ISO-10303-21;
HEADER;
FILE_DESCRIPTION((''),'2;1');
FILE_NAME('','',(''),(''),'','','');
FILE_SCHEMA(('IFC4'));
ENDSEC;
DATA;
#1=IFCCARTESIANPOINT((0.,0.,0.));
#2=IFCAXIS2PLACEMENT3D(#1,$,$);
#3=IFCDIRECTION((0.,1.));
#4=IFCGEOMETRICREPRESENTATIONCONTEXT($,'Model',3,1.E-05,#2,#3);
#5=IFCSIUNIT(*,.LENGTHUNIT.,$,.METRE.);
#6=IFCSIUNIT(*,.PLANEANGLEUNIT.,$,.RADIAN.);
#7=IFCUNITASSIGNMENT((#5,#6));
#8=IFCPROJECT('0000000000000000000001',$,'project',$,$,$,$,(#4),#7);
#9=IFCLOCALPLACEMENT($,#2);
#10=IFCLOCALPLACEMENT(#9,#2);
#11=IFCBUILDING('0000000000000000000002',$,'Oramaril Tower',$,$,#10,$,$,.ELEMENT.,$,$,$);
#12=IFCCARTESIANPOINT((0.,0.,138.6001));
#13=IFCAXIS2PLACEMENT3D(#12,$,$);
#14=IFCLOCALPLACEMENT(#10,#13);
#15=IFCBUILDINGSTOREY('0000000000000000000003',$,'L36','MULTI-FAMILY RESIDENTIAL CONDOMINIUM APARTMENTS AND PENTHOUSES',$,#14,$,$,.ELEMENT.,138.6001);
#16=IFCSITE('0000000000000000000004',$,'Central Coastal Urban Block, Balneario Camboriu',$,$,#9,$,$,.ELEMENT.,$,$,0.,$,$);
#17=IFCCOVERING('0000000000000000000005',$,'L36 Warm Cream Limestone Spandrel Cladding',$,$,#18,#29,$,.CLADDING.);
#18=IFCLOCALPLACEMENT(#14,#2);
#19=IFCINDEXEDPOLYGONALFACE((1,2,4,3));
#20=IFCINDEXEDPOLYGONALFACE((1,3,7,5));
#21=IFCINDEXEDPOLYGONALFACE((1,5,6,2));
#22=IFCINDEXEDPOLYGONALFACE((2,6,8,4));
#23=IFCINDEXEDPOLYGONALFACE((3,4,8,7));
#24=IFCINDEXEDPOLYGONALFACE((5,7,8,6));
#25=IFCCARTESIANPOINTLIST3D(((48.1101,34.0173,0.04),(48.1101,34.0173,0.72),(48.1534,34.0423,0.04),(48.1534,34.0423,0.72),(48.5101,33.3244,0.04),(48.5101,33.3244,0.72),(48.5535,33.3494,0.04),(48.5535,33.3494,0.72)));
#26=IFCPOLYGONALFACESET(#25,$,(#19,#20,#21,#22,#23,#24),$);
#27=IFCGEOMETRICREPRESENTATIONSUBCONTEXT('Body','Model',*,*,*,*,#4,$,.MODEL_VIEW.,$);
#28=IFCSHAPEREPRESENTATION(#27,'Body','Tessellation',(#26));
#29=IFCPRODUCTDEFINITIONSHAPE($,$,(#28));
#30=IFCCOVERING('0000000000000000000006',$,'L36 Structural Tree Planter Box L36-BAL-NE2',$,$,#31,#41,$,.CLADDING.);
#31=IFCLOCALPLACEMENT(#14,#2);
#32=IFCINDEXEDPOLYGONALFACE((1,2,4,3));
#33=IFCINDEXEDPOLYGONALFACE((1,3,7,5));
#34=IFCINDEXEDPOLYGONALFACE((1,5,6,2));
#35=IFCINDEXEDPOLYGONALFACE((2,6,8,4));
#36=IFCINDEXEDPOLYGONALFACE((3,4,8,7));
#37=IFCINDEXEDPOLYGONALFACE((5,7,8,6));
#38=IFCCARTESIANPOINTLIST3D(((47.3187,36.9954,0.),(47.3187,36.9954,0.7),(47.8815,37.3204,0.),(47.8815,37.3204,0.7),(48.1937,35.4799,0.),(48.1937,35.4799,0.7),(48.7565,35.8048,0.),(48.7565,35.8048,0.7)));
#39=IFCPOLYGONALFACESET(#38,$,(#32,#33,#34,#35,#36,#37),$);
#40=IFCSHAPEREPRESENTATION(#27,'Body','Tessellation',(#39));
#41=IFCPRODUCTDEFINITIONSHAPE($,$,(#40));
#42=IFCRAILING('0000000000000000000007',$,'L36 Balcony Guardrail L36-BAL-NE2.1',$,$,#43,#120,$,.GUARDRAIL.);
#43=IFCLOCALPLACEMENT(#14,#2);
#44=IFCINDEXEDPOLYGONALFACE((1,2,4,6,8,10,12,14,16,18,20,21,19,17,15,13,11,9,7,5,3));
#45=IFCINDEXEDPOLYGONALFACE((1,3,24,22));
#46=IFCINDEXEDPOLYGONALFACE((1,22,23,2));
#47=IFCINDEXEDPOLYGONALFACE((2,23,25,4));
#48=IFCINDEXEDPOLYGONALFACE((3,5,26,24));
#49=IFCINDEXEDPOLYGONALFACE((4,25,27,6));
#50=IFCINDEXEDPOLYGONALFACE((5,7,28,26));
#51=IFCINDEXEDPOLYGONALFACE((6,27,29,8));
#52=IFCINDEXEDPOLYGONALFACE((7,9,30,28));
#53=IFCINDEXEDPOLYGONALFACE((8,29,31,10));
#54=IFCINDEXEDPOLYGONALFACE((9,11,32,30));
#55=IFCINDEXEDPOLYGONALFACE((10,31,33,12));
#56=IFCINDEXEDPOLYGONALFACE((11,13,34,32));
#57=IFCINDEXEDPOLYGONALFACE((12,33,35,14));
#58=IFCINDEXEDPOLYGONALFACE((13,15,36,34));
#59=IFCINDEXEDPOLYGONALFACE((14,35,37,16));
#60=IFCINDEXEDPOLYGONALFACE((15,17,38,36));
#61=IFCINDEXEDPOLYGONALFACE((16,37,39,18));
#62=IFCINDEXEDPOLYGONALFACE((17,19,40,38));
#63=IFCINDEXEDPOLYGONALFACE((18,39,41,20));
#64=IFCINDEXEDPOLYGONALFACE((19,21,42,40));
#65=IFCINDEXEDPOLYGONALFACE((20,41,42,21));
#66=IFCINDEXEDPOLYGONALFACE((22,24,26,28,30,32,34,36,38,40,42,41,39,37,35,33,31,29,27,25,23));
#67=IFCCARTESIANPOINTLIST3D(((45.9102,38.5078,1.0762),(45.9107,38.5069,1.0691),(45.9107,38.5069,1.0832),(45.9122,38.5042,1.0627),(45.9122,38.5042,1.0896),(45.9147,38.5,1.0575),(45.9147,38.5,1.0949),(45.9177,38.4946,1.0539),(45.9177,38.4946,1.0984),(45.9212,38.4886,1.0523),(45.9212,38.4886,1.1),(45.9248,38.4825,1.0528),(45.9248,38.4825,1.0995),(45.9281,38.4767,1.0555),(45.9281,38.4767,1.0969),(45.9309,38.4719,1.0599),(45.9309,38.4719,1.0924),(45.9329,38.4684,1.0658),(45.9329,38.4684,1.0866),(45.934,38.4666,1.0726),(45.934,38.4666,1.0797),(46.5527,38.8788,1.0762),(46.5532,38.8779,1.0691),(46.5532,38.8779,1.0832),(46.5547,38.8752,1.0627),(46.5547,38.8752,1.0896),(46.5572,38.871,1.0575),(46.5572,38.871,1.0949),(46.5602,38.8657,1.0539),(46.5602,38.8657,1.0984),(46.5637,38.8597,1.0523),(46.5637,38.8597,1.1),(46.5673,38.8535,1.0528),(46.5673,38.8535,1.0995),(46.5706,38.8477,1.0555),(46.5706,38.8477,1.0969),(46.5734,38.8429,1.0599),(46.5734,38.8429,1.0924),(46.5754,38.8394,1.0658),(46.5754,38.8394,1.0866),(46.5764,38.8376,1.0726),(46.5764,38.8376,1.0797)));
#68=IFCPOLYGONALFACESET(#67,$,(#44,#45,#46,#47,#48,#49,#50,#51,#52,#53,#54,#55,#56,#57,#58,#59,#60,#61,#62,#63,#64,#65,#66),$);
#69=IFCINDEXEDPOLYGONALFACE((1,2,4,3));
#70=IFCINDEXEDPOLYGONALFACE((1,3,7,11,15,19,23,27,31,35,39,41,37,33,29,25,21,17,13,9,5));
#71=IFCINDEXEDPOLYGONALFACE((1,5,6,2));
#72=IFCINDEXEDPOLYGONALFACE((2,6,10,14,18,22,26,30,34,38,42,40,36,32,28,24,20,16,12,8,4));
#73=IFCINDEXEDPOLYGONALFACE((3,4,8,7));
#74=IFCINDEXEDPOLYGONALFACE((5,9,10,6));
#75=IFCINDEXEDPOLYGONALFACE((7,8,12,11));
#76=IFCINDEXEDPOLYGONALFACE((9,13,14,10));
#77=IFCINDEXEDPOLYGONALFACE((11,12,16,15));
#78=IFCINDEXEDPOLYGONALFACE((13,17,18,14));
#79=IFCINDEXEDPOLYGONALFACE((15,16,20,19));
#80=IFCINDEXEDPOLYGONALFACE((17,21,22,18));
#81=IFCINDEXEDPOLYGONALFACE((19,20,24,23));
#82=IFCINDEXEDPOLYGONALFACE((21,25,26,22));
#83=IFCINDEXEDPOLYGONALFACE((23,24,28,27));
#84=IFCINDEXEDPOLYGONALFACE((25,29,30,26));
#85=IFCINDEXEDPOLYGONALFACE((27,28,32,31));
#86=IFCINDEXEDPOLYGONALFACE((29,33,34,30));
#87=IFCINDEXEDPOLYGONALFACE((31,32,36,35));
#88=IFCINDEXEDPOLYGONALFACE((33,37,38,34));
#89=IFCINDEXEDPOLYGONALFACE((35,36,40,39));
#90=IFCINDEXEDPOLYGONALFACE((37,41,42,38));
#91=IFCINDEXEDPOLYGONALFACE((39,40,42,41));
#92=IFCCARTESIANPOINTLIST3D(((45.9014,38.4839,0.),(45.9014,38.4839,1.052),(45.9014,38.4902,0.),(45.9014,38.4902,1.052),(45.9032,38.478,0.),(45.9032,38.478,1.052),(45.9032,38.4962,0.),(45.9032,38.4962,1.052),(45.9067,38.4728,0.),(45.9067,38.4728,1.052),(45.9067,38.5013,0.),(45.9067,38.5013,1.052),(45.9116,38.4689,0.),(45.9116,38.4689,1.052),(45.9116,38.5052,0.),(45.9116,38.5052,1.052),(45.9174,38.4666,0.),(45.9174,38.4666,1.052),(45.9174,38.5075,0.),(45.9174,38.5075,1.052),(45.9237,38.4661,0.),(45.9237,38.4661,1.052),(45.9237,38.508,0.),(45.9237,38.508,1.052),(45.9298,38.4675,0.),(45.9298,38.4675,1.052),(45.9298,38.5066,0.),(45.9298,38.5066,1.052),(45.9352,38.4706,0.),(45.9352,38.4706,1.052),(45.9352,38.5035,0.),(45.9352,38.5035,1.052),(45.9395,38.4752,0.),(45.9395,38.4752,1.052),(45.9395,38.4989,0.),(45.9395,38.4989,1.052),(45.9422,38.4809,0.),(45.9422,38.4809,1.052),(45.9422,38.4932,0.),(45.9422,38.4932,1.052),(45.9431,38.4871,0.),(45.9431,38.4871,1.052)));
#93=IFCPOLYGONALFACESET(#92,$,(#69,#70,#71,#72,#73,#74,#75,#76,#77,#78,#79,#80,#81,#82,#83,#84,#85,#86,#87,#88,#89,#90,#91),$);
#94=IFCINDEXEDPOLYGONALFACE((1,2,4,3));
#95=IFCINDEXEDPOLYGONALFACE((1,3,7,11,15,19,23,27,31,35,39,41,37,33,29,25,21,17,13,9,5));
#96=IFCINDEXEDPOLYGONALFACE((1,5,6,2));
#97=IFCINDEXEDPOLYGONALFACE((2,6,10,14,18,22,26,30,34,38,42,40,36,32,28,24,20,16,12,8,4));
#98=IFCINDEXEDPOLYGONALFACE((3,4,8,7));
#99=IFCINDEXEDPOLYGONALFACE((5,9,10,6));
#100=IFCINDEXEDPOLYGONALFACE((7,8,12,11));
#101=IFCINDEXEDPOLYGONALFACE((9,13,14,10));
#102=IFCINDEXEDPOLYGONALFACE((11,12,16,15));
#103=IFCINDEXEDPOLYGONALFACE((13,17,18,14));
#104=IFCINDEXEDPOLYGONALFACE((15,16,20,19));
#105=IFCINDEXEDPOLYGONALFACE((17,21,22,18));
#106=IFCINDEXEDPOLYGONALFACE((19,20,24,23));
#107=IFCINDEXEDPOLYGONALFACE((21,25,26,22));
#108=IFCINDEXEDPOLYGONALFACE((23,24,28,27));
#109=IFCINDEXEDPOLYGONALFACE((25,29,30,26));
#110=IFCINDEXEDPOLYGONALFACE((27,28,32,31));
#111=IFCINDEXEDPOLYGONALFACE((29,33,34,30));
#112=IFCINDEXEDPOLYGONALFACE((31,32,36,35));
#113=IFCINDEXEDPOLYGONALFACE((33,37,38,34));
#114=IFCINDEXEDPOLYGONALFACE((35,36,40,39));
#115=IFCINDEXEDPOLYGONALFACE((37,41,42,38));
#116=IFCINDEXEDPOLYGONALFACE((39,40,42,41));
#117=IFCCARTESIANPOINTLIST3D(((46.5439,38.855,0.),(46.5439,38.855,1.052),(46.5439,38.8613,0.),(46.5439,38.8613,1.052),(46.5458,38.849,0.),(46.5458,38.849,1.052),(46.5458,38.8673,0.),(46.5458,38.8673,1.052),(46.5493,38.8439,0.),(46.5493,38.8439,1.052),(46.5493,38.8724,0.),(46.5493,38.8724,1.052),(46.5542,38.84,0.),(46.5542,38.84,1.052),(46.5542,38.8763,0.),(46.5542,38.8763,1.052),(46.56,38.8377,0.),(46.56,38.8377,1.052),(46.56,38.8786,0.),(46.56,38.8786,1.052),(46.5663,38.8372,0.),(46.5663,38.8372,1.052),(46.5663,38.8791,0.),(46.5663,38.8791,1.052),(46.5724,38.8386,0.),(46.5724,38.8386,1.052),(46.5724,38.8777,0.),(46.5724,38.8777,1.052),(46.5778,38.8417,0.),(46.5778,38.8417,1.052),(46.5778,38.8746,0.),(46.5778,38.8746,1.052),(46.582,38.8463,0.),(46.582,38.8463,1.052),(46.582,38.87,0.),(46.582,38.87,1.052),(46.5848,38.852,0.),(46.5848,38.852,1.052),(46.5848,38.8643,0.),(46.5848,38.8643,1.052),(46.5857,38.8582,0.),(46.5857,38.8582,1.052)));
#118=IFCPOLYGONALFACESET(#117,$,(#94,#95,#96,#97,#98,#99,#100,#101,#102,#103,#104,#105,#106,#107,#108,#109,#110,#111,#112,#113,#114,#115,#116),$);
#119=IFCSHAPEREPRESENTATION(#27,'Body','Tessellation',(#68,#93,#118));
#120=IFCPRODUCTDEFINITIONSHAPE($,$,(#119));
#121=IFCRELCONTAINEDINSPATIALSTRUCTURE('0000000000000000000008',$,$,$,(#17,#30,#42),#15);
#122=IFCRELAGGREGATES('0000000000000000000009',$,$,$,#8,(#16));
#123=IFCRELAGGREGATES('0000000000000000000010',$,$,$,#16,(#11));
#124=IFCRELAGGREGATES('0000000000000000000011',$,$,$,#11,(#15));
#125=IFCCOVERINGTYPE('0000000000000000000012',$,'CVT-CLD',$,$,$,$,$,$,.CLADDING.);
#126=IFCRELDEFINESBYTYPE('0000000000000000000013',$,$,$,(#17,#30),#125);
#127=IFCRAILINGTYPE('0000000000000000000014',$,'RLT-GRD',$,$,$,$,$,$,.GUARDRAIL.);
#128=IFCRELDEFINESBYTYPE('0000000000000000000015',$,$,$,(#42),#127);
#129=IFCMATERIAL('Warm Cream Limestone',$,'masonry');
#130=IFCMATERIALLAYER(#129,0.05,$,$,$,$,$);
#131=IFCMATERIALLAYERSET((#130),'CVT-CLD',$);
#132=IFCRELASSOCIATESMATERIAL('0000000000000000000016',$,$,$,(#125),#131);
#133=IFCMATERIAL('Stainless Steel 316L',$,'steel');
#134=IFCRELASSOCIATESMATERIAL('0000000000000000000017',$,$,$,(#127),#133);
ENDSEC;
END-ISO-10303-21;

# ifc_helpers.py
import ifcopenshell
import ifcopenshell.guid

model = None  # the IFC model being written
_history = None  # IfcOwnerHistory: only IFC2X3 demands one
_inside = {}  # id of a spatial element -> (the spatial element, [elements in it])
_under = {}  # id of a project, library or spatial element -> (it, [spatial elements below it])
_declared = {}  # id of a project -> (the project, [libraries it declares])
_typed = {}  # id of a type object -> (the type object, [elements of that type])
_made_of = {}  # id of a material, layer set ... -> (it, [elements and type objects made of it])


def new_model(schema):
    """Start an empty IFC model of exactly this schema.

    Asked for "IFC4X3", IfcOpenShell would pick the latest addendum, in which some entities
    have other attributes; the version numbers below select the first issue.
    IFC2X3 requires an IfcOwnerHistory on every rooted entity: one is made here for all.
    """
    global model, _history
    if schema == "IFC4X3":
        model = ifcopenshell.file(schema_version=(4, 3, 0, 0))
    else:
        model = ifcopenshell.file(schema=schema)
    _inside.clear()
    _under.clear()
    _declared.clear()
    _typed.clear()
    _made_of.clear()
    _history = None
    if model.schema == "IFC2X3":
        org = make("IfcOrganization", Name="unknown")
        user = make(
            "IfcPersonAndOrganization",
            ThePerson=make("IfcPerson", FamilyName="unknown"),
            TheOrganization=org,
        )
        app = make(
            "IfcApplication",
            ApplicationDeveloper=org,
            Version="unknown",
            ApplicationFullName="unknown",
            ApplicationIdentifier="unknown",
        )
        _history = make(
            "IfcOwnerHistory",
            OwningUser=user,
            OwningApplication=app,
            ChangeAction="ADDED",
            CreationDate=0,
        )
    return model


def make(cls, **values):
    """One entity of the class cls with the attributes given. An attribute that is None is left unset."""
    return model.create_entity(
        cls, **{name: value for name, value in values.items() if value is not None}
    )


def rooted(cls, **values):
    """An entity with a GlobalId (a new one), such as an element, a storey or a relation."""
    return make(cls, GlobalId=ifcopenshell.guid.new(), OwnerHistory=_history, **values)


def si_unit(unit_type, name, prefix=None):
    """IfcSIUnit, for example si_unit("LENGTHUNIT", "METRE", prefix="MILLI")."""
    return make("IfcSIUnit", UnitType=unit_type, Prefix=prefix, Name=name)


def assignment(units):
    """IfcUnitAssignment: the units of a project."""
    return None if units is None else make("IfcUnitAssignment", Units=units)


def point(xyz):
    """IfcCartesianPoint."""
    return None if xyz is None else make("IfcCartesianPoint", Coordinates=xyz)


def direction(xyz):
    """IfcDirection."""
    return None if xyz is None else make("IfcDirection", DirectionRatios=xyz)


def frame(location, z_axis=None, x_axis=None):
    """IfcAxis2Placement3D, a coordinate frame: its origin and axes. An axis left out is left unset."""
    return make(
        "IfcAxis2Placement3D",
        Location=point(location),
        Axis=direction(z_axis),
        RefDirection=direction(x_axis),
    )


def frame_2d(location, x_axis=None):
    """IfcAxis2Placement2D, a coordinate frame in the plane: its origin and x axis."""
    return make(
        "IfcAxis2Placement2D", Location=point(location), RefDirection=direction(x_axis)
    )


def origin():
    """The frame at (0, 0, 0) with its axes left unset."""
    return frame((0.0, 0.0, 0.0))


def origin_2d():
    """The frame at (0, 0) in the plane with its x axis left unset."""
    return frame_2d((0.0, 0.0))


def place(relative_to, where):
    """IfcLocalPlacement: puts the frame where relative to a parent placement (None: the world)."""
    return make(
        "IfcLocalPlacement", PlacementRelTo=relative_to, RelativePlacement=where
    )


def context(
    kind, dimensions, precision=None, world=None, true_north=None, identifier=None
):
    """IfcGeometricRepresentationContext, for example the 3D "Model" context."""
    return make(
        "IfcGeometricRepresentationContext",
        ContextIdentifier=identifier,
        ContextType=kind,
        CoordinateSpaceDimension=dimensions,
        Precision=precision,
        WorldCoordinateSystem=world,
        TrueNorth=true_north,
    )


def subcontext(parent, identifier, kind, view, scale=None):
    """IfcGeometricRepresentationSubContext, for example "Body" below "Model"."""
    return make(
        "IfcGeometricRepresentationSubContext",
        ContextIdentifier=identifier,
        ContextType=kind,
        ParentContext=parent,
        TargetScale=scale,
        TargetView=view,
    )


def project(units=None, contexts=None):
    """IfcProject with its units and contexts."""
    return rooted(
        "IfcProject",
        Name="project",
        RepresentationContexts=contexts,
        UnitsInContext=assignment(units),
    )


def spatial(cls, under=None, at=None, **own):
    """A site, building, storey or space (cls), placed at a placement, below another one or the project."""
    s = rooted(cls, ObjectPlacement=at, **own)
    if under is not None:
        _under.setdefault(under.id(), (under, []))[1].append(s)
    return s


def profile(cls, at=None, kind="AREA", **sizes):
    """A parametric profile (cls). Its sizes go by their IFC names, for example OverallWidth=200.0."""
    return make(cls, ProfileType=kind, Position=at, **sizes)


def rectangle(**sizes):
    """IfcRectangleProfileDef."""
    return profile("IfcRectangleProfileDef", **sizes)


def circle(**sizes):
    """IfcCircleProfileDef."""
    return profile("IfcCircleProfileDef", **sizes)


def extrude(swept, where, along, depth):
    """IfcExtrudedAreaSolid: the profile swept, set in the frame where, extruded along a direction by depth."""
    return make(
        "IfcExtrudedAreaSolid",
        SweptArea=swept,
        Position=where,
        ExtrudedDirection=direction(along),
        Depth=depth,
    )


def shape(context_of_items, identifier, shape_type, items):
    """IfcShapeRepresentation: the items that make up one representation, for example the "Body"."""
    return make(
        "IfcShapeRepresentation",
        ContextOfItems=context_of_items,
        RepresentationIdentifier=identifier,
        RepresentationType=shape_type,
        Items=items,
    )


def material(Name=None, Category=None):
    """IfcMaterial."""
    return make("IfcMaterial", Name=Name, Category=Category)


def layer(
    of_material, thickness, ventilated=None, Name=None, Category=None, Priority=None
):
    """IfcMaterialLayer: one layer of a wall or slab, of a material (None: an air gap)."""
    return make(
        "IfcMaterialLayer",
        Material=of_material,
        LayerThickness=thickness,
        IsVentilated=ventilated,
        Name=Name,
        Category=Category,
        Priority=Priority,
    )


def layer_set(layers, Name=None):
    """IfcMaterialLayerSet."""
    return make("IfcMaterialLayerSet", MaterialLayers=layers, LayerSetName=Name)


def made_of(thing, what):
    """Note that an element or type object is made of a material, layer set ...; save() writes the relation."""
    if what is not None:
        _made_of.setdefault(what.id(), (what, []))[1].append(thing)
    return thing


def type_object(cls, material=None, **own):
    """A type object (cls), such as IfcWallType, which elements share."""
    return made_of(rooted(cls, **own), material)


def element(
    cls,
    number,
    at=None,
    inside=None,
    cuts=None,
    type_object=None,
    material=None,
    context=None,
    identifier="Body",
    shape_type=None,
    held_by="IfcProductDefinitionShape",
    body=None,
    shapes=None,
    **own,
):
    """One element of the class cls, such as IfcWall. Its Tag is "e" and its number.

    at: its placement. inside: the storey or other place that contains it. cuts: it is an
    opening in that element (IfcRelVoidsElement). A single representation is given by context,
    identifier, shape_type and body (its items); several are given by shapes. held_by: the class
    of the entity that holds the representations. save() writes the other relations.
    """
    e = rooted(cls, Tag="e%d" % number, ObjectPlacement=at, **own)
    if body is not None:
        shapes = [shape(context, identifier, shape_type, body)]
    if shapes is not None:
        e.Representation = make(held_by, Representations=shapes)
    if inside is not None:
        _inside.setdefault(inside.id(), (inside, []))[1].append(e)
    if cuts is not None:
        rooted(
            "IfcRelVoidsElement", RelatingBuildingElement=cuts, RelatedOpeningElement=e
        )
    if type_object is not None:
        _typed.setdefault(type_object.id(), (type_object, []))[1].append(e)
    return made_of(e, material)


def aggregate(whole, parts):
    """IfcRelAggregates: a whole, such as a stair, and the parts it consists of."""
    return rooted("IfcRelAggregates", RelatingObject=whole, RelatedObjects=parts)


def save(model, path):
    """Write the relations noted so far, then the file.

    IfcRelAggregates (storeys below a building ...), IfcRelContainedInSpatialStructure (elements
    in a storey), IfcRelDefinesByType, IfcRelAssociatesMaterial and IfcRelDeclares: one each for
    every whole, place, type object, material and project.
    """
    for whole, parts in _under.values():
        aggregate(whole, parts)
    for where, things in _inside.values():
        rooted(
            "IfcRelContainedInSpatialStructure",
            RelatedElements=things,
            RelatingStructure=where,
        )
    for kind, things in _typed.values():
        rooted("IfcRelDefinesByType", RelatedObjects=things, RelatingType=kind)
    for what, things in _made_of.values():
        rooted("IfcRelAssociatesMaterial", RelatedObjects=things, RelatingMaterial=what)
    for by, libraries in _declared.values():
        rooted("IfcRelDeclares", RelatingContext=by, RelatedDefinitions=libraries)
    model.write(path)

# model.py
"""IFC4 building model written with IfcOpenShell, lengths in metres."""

from ifc_helpers import new_model, si_unit, direction, frame, origin, origin_2d, place, context, subcontext, project, spatial, rectangle, circle, extrude, material, layer, layer_set, type_object, element, save


model = new_model("IFC4")

# Units and contexts
model_context = context("Model", 3, precision=1e-05, world=origin(), true_north=direction((0.0, 1.0)))
body_context = subcontext(model_context, "Body", "Model", "MODEL_VIEW")
ifc_project = project(units=[si_unit("LENGTHUNIT", "METRE"), si_unit("PLANEANGLEUNIT", "RADIAN")], contexts=[model_context])

# Site, building, storey
site_placement = place(None, origin())
site = spatial("IfcSite", under=ifc_project, at=site_placement, Name="Central Coastal Urban Block, Balneario Camboriu", CompositionType="ELEMENT", RefElevation=0.0)
building_placement = place(site_placement, origin())
building = spatial("IfcBuilding", under=site, at=building_placement, Name="Oramaril Tower", CompositionType="ELEMENT")
storey_placement = place(building_placement, frame((0.0, 0.0, 138.6001)))
storey = spatial("IfcBuildingStorey", under=building, at=storey_placement, Name="L36", Description="MULTI-FAMILY RESIDENTIAL CONDOMINIUM APARTMENTS AND PENTHOUSES", CompositionType="ELEMENT", Elevation=138.6001)

# Coverings
ifc_material_1 = material(Name="Warm Cream Limestone", Category="masonry")
ifc_layer_1 = layer(ifc_material_1, 0.05)
ifc_layer_set_1 = layer_set([ifc_layer_1], Name="CVT-CLD")
covering_type = type_object("IfcCoveringType", Name="CVT-CLD", PredefinedType="CLADDING", material=ifc_layer_set_1)
covering_1_placement = place(storey_placement, frame((48.3318, 33.6833, 0.04), z_axis=(0.0, 0.0, 1.0), x_axis=(-0.5, 0.866025, 0.0)))
element("IfcCovering", 1, at=covering_1_placement, inside=storey, type_object=covering_type, Name="L36 Warm Cream Limestone Spandrel Cladding", PredefinedType="CLADDING", context=body_context, shape_type="SweptSolid", body=[
    extrude(rectangle(XDim=0.8, YDim=0.05, at=origin_2d()), origin(), (0.0, 0.0, 1.0), 0.6799),
])
covering_2_placement = place(storey_placement, frame((48.0376, 36.4001, 0.0), z_axis=(0.0, 0.0, 1.0), x_axis=(-0.5, 0.866025, 0.0)))
element("IfcCovering", 2, at=covering_2_placement, inside=storey, type_object=covering_type, Name="L36 Structural Tree Planter Box L36-BAL-NE2", PredefinedType="CLADDING", context=body_context, shape_type="SweptSolid", body=[
    extrude(rectangle(XDim=1.75, YDim=0.6499, at=origin_2d()), origin(), (0.0, 0.0, 1.0), 0.7),
])

# Railing
ifc_material_2 = material(Name="Stainless Steel 316L", Category="steel")
railing_type = type_object("IfcRailingType", Name="RLT-GRD", PredefinedType="GUARDRAIL", material=ifc_material_2)
railing_1_placement = place(storey_placement, frame((45.9221, 38.4871, 0.0)))
element("IfcRailing", 3, at=railing_1_placement, inside=storey, type_object=railing_type, Name="L36 Balcony Guardrail L36-BAL-NE2.1", PredefinedType="GUARDRAIL", context=body_context, shape_type="SweptSolid", body=[
    extrude(circle(Radius=0.0239, at=origin_2d()), frame((0.0, 0.0, 1.0762), z_axis=(0.865966, 0.500102, 0.0), x_axis=(-0.500102, 0.865966, 0.0)), (0.0, 0.0, 1.0), 0.7419),
    extrude(circle(Radius=0.021, at=origin_2d()), origin(), (0.0, 0.0, 1.0), 1.052),
    extrude(circle(Radius=0.021, at=origin_2d()), frame((0.6426, 0.3711, 0.0)), (0.0, 0.0, 1.0), 1.052),
])

save(model, "model.ifc")
